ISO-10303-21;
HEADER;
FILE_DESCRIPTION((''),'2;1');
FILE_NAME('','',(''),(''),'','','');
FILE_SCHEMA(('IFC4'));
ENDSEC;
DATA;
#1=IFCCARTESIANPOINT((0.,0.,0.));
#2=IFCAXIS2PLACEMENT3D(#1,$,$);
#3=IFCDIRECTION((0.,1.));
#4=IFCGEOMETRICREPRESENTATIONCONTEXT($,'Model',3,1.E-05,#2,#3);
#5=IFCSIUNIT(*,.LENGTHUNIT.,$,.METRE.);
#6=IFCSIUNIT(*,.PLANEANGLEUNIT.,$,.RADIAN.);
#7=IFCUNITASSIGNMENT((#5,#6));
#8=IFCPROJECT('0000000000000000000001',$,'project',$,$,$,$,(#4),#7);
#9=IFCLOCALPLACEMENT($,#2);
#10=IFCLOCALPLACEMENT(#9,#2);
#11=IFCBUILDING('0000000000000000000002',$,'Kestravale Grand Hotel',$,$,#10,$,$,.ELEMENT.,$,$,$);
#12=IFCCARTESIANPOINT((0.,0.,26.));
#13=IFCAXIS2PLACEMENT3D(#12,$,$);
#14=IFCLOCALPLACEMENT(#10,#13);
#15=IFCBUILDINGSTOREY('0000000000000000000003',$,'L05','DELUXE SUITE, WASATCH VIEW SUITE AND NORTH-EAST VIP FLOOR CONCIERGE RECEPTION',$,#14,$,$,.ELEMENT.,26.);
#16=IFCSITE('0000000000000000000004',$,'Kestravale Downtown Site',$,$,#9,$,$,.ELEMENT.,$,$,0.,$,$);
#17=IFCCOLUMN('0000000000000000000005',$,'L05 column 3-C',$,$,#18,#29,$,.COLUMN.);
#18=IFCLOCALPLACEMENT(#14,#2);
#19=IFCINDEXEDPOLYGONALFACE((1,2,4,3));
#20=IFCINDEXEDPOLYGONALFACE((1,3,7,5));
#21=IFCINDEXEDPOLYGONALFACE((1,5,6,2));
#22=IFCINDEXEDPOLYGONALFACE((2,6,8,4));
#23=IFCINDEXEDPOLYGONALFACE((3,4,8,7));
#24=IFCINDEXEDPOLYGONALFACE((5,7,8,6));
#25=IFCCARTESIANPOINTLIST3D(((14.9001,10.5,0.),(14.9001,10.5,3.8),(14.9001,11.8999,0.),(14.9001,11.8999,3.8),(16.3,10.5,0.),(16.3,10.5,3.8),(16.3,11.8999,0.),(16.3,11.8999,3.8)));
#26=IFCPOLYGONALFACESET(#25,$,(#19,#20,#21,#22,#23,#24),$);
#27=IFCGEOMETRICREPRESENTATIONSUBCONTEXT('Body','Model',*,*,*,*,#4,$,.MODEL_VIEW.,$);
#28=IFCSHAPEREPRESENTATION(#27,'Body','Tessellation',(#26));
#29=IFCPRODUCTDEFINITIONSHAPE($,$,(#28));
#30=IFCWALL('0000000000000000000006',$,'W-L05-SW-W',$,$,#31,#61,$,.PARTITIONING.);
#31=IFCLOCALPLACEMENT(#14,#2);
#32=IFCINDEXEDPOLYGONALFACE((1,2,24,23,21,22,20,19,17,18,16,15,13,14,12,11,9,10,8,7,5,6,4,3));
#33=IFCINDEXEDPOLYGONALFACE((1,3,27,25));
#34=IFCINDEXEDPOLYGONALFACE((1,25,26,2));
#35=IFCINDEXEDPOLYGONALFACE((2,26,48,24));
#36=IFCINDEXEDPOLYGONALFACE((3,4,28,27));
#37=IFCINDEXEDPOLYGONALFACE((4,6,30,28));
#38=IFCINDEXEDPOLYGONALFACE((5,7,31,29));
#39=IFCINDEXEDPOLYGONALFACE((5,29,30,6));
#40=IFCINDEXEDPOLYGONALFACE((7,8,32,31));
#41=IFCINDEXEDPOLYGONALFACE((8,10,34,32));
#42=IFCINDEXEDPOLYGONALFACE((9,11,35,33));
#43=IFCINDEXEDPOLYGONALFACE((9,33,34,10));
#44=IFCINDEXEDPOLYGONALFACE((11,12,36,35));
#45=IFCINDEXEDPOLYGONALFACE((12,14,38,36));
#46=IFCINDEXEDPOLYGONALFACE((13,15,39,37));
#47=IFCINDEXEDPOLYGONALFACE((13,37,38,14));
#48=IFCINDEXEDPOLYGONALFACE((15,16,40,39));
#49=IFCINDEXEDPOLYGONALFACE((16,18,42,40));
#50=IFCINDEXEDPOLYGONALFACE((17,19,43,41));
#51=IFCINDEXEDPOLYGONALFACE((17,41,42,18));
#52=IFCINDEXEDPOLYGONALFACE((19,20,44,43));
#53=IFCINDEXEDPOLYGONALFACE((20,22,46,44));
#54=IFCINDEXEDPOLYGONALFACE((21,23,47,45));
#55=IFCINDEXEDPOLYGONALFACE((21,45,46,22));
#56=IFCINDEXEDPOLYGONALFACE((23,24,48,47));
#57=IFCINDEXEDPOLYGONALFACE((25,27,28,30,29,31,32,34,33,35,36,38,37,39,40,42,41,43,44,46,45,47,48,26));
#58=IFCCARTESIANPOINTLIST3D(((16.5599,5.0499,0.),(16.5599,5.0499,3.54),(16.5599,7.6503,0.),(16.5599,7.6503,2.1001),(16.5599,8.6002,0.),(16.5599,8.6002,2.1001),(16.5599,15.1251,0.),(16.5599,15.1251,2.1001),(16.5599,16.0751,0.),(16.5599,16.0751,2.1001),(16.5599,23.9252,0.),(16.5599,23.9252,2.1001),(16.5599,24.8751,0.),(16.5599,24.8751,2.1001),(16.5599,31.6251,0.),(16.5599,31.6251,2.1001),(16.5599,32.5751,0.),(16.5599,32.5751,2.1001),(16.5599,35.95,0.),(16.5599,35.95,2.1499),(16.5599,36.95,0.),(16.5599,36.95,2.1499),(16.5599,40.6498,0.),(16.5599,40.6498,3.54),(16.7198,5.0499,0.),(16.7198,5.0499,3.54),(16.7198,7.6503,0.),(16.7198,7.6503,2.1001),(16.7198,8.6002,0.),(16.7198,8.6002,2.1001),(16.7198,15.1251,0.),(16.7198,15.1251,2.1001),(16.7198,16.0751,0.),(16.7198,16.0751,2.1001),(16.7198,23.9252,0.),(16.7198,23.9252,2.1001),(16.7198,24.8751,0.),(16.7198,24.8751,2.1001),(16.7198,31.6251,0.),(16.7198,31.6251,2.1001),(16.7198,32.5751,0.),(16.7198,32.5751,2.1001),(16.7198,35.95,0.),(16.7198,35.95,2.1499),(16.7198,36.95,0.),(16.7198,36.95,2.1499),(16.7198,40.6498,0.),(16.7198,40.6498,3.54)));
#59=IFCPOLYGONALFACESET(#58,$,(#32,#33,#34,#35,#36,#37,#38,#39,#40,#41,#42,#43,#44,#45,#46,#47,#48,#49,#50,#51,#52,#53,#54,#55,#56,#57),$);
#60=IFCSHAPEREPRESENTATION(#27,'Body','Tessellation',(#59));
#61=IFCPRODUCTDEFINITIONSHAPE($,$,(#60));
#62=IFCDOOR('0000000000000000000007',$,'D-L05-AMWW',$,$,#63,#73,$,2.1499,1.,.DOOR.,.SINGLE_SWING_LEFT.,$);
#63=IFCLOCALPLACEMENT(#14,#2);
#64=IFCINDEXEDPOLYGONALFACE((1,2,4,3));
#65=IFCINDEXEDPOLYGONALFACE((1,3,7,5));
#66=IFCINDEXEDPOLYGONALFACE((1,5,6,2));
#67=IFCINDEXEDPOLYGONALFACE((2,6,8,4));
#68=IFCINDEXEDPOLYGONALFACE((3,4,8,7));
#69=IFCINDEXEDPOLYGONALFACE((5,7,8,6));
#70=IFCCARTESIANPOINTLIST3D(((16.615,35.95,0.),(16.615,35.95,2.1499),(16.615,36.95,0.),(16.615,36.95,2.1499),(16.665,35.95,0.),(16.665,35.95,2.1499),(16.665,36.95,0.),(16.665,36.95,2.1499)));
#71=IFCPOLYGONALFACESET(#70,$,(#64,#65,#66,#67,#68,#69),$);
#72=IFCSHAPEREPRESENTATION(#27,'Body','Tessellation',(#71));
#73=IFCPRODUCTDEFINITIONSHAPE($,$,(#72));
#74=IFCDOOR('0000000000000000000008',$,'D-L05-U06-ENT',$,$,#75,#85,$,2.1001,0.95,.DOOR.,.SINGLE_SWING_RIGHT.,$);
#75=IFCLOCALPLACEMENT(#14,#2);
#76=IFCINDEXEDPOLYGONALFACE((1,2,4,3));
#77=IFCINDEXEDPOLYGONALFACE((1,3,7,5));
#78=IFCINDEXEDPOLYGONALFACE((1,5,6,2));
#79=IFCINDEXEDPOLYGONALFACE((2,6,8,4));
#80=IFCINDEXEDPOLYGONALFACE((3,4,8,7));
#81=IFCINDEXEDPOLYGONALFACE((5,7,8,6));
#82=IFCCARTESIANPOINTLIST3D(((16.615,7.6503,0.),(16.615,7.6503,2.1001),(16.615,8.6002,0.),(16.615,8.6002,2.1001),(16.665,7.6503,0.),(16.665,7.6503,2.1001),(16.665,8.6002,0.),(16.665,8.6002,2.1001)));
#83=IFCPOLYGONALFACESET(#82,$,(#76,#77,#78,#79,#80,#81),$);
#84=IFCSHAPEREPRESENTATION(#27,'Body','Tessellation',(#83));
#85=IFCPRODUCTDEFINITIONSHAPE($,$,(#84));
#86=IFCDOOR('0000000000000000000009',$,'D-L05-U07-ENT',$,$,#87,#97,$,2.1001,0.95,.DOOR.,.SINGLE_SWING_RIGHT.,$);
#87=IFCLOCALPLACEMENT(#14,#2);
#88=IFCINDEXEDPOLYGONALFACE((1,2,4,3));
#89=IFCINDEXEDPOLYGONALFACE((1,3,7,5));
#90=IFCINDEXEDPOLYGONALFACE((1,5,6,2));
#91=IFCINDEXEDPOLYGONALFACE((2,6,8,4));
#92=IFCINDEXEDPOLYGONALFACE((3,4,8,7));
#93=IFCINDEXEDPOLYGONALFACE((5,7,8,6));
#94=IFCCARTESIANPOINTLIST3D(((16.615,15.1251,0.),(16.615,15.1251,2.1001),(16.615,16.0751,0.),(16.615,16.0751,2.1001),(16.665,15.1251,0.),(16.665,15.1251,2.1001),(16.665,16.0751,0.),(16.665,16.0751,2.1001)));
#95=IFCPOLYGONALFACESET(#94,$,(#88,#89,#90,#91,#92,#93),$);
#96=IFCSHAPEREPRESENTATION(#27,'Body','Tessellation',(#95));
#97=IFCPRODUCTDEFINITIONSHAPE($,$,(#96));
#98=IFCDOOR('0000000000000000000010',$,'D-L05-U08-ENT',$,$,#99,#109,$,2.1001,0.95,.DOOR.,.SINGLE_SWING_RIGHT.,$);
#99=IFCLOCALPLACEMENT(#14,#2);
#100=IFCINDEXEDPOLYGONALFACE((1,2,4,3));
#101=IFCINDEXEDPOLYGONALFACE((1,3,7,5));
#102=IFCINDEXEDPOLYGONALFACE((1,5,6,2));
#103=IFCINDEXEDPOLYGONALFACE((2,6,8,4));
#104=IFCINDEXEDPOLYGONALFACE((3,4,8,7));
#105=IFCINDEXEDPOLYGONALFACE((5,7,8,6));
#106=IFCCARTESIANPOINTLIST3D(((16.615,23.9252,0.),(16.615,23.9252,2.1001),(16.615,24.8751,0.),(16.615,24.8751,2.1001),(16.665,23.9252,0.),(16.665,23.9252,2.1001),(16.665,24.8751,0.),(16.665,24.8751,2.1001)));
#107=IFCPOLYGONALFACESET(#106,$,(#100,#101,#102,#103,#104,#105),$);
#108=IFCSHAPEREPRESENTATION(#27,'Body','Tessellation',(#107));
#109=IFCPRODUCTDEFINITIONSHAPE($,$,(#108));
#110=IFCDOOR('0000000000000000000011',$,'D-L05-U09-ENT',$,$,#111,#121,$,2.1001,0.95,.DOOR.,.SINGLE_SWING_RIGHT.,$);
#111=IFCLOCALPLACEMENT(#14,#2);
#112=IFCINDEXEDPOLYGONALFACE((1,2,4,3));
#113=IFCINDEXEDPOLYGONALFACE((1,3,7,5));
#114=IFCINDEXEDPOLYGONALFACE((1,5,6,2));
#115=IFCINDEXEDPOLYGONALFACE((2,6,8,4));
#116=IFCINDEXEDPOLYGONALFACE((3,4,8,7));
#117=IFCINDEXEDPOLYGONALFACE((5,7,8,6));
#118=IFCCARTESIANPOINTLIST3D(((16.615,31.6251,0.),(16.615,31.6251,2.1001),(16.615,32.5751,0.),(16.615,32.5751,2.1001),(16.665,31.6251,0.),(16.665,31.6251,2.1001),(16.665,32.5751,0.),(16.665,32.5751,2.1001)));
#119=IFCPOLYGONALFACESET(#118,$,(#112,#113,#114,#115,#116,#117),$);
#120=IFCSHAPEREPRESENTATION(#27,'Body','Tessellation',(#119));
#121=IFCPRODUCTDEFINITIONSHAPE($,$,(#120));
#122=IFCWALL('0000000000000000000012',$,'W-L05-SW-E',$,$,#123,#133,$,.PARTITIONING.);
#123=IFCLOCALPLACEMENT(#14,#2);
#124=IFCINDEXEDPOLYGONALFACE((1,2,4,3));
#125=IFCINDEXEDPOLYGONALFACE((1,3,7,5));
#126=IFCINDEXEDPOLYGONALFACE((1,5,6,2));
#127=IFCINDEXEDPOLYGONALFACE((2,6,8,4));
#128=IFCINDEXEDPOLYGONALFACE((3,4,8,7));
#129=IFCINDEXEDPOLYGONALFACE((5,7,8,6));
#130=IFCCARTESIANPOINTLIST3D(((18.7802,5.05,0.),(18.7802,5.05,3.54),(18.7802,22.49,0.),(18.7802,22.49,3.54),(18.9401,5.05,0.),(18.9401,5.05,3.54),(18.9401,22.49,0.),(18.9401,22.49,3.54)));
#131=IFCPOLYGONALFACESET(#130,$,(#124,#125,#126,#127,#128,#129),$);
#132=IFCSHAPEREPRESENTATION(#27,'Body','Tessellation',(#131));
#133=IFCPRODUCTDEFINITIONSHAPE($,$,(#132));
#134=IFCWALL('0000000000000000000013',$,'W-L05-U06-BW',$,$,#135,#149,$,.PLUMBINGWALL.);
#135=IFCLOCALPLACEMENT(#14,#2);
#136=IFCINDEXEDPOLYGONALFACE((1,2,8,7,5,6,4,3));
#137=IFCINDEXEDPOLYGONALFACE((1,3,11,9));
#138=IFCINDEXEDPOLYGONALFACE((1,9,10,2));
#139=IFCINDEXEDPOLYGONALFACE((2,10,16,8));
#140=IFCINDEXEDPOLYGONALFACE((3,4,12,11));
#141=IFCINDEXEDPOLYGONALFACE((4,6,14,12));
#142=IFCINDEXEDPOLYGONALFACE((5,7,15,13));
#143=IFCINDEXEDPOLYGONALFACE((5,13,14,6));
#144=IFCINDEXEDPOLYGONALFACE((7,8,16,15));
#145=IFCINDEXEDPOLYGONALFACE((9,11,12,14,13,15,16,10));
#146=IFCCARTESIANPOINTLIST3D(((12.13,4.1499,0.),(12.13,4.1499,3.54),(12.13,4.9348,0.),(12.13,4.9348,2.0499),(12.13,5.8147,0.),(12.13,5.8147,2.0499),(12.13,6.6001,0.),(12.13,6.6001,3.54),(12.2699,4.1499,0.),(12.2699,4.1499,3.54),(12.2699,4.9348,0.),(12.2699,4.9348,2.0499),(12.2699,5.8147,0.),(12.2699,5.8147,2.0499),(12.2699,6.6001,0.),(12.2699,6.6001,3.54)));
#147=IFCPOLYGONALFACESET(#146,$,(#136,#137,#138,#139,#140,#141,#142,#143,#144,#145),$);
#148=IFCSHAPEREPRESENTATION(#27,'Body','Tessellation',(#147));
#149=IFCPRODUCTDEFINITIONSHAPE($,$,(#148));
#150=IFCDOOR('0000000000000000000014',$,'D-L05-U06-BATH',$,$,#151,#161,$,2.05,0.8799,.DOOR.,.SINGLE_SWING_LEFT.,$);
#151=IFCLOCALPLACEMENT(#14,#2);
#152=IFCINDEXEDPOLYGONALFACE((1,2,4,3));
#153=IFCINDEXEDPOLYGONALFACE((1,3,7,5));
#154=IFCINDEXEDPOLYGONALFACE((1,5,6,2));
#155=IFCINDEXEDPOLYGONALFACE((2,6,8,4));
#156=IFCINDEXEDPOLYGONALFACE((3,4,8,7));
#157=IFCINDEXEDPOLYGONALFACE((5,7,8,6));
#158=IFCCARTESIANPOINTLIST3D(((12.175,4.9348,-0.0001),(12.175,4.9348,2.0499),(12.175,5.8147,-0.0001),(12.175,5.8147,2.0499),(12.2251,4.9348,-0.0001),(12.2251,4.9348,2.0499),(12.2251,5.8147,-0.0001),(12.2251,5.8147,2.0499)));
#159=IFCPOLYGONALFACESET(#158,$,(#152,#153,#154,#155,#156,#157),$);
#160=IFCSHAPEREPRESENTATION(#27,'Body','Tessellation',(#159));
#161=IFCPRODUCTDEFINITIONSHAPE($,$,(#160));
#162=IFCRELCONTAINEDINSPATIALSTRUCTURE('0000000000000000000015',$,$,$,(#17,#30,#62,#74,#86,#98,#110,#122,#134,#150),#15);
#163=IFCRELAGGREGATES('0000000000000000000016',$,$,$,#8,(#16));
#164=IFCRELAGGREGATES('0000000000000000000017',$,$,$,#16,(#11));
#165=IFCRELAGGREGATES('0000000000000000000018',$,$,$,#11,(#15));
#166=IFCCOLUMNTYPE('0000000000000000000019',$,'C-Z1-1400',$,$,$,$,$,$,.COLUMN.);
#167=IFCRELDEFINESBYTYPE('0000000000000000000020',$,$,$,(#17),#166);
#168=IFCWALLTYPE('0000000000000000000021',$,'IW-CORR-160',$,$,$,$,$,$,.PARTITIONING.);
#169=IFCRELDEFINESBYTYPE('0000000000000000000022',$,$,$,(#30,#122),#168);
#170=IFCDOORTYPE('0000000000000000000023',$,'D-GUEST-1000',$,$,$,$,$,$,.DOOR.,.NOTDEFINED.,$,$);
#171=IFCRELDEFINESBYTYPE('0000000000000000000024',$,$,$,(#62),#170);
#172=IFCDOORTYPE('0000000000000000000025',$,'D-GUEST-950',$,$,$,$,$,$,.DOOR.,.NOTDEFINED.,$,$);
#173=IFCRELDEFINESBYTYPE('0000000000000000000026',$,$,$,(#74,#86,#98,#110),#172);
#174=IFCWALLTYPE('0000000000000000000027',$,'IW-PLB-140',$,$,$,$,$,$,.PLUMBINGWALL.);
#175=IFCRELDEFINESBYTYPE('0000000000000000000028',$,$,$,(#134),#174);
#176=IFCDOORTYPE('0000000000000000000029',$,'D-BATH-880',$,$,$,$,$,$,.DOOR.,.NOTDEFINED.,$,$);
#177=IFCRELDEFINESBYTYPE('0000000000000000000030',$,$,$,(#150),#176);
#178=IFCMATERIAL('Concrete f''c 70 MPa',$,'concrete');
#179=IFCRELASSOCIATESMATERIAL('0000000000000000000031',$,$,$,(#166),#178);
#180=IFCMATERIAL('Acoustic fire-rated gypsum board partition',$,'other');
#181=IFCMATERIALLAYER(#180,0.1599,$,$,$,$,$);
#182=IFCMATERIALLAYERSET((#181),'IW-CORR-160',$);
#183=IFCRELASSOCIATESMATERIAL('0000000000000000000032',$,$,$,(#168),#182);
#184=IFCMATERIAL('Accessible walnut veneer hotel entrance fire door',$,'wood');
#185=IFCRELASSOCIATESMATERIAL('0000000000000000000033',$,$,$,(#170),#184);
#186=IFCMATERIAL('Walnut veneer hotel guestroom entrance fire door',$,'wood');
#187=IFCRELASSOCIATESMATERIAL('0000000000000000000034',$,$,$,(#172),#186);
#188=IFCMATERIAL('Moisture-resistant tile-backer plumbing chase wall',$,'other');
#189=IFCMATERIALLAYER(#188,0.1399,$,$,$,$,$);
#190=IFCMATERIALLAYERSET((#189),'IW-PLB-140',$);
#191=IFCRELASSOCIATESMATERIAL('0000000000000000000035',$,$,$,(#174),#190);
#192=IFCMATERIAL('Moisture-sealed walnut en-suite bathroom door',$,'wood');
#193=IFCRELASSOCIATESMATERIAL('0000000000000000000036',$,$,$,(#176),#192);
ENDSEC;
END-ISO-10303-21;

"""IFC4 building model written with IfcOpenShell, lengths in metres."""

from ifc_helpers import new_model, si_unit, direction, frame, frame_2d, origin, origin_2d, place, context, subcontext, project, spatial, rectangle, extrude, material, layer, layer_set, material_profile, profile_set, type_object, element, fill, save


model = new_model("IFC4")

# Units and contexts
model_context = context("Model", 3, precision=1e-05, world=origin(), true_north=direction((0.0, 1.0)))
body_context = subcontext(model_context, "Body", "Model", "MODEL_VIEW")
ifc_project = project(units=[si_unit("LENGTHUNIT", "METRE"), si_unit("PLANEANGLEUNIT", "RADIAN")], contexts=[model_context])

# Site, building, storey
site_placement = place(None, origin())
site = spatial("IfcSite", under=ifc_project, at=site_placement, Name="Kestravale Downtown Site", CompositionType="ELEMENT", RefElevation=0.0)
building_placement = place(site_placement, origin())
building = spatial("IfcBuilding", under=site, at=building_placement, Name="Kestravale Grand Hotel", CompositionType="ELEMENT")
storey_placement = place(building_placement, frame((0.0, 0.0, 26.0)))
storey = spatial("IfcBuildingStorey", under=building, at=storey_placement, Name="L05", Description="DELUXE SUITE, WASATCH VIEW SUITE AND NORTH-EAST VIP FLOOR CONCIERGE RECEPTION", CompositionType="ELEMENT", Elevation=26.0)

# Column
ifc_material_1 = material(Name="Concrete f'c 70 MPa", Category="concrete")
ifc_material_profile = material_profile(ifc_material_1, rectangle(XDim=1.3999, YDim=1.3999, at=origin_2d()))
ifc_profile_set = profile_set([ifc_material_profile], Name="Concrete f'c 70 MPa")
column_type = type_object("IfcColumnType", Name="C-Z1-1400", PredefinedType="COLUMN", material=ifc_profile_set)
column_placement = place(storey_placement, frame((15.6001, 11.2, 0.0), z_axis=(0.0, 0.0, 1.0), x_axis=(1.0, 0.0, 0.0)))
element("IfcColumn", 1, at=column_placement, inside=storey, type_object=column_type, Name="L05 column 3-C", PredefinedType="COLUMN", context=body_context, shape_type="SweptSolid", body=[
    extrude(rectangle(XDim=1.3999, YDim=1.3999, at=origin_2d()), origin(), (0.0, 0.0, 1.0), 3.8),
])

# Wall, openings, doors
ifc_material_2 = material(Name="Acoustic fire-rated gypsum board partition", Category="other")
ifc_layer_1 = layer(ifc_material_2, 0.1599)
ifc_layer_set_1 = layer_set([ifc_layer_1], Name="IW-CORR-160")
wall_type_1 = type_object("IfcWallType", Name="IW-CORR-160", PredefinedType="PARTITIONING", material=ifc_layer_set_1)
wall_1_placement = place(storey_placement, frame((16.6399, 5.05, 0.0), z_axis=(0.0, 0.0, 1.0), x_axis=(0.0, 1.0, 0.0)))
wall_1 = element("IfcWall", 2, at=wall_1_placement, inside=storey, type_object=wall_type_1, Name="W-L05-SW-W", PredefinedType="PARTITIONING", context=body_context, shape_type="SweptSolid", body=[
    extrude(rectangle(XDim=35.5999, YDim=0.1599, at=frame_2d((17.7998, 0.0))), origin(), (0.0, 0.0, 1.0), 3.54),
])
opening_1_placement = place(wall_1_placement, frame((2.6001, 0.0, 0.0)))
opening_1 = element("IfcOpeningElement", 3, at=opening_1_placement, cuts=wall_1, PredefinedType="OPENING", context=body_context, shape_type="SweptSolid", body=[
    extrude(rectangle(XDim=0.95, YDim=2.1001, at=frame_2d((0.4751, 1.05))), frame((0.0, 0.0898, 0.0), z_axis=(0.0, -1.0, 0.0), x_axis=(1.0, 0.0, 0.0)), (0.0, 0.0, 1.0), 0.1799),
])
opening_2_placement = place(wall_1_placement, frame((10.075, 0.0, 0.0)))
opening_2 = element("IfcOpeningElement", 4, at=opening_2_placement, cuts=wall_1, PredefinedType="OPENING", context=body_context, shape_type="SweptSolid", body=[
    extrude(rectangle(XDim=0.95, YDim=2.1001, at=frame_2d((0.4751, 1.05))), frame((0.0, 0.0898, 0.0), z_axis=(0.0, -1.0, 0.0), x_axis=(1.0, 0.0, 0.0)), (0.0, 0.0, 1.0), 0.1799),
])
opening_3_placement = place(wall_1_placement, frame((18.875, 0.0, 0.0)))
opening_3 = element("IfcOpeningElement", 5, at=opening_3_placement, cuts=wall_1, PredefinedType="OPENING", context=body_context, shape_type="SweptSolid", body=[
    extrude(rectangle(XDim=0.95, YDim=2.1001, at=frame_2d((0.4751, 1.05))), frame((0.0, 0.0898, 0.0), z_axis=(0.0, -1.0, 0.0), x_axis=(1.0, 0.0, 0.0)), (0.0, 0.0, 1.0), 0.1799),
])
opening_4_placement = place(wall_1_placement, frame((26.575, 0.0, 0.0)))
opening_4 = element("IfcOpeningElement", 6, at=opening_4_placement, cuts=wall_1, PredefinedType="OPENING", context=body_context, shape_type="SweptSolid", body=[
    extrude(rectangle(XDim=0.95, YDim=2.1001, at=frame_2d((0.4751, 1.05))), frame((0.0, 0.0898, 0.0), z_axis=(0.0, -1.0, 0.0), x_axis=(1.0, 0.0, 0.0)), (0.0, 0.0, 1.0), 0.1799),
])
opening_5_placement = place(wall_1_placement, frame((30.8999, 0.0, 0.0)))
opening_5 = element("IfcOpeningElement", 7, at=opening_5_placement, cuts=wall_1, PredefinedType="OPENING", context=body_context, shape_type="SweptSolid", body=[
    extrude(rectangle(XDim=1.0, YDim=2.1499, at=frame_2d((0.5, 1.075))), frame((0.0, 0.0898, 0.0), z_axis=(0.0, -1.0, 0.0), x_axis=(1.0, 0.0, 0.0)), (0.0, 0.0, 1.0), 0.1799),
])
ifc_material_3 = material(Name="Accessible walnut veneer hotel entrance fire door", Category="wood")
door_type_1 = type_object("IfcDoorType", Name="D-GUEST-1000", OperationType="NOTDEFINED", PredefinedType="DOOR", material=ifc_material_3)
door_1_placement = place(opening_5_placement, origin())
door_1 = element("IfcDoor", 8, at=door_1_placement, inside=storey, type_object=door_type_1, Name="D-L05-AMWW", OperationType="SINGLE_SWING_LEFT", OverallHeight=2.1499, OverallWidth=1.0, PredefinedType="DOOR", context=body_context, shape_type="SweptSolid", body=[
    extrude(rectangle(XDim=1.0, YDim=2.1499, at=frame_2d((0.5, 1.075))), frame((0.0, 0.0249, 0.0), z_axis=(0.0, -1.0, 0.0), x_axis=(1.0, 0.0, 0.0)), (0.0, 0.0, 1.0), 0.05),
])
fill(opening_5, door_1)
ifc_material_4 = material(Name="Walnut veneer hotel guestroom entrance fire door", Category="wood")
door_type_2 = type_object("IfcDoorType", Name="D-GUEST-950", OperationType="NOTDEFINED", PredefinedType="DOOR", material=ifc_material_4)
door_2_placement = place(opening_1_placement, origin())
door_2 = element("IfcDoor", 9, at=door_2_placement, inside=storey, type_object=door_type_2, Name="D-L05-U06-ENT", OperationType="SINGLE_SWING_RIGHT", OverallHeight=2.1001, OverallWidth=0.95, PredefinedType="DOOR", context=body_context, shape_type="SweptSolid", body=[
    extrude(rectangle(XDim=0.95, YDim=2.1001, at=frame_2d((0.4751, 1.05))), frame((0.0, 0.0249, 0.0), z_axis=(0.0, -1.0, 0.0), x_axis=(1.0, 0.0, 0.0)), (0.0, 0.0, 1.0), 0.05),
])
fill(opening_1, door_2)
door_3_placement = place(opening_2_placement, origin())
door_3 = element("IfcDoor", 10, at=door_3_placement, inside=storey, type_object=door_type_2, Name="D-L05-U07-ENT", OperationType="SINGLE_SWING_RIGHT", OverallHeight=2.1001, OverallWidth=0.95, PredefinedType="DOOR", context=body_context, shape_type="SweptSolid", body=[
    extrude(rectangle(XDim=0.95, YDim=2.1001, at=frame_2d((0.4751, 1.05))), frame((0.0, 0.0249, 0.0), z_axis=(0.0, -1.0, 0.0), x_axis=(1.0, 0.0, 0.0)), (0.0, 0.0, 1.0), 0.05),
])
fill(opening_2, door_3)
door_4_placement = place(opening_3_placement, origin())
door_4 = element("IfcDoor", 11, at=door_4_placement, inside=storey, type_object=door_type_2, Name="D-L05-U08-ENT", OperationType="SINGLE_SWING_RIGHT", OverallHeight=2.1001, OverallWidth=0.95, PredefinedType="DOOR", context=body_context, shape_type="SweptSolid", body=[
    extrude(rectangle(XDim=0.95, YDim=2.1001, at=frame_2d((0.4751, 1.05))), frame((0.0, 0.0249, 0.0), z_axis=(0.0, -1.0, 0.0), x_axis=(1.0, 0.0, 0.0)), (0.0, 0.0, 1.0), 0.05),
])
fill(opening_3, door_4)
door_5_placement = place(opening_4_placement, origin())
door_5 = element("IfcDoor", 12, at=door_5_placement, inside=storey, type_object=door_type_2, Name="D-L05-U09-ENT", OperationType="SINGLE_SWING_RIGHT", OverallHeight=2.1001, OverallWidth=0.95, PredefinedType="DOOR", context=body_context, shape_type="SweptSolid", body=[
    extrude(rectangle(XDim=0.95, YDim=2.1001, at=frame_2d((0.4751, 1.05))), frame((0.0, 0.0249, 0.0), z_axis=(0.0, -1.0, 0.0), x_axis=(1.0, 0.0, 0.0)), (0.0, 0.0, 1.0), 0.05),
])
fill(opening_4, door_5)

# Wall
wall_2_placement = place(storey_placement, frame((18.8601, 5.05, 0.0), z_axis=(0.0, 0.0, 1.0), x_axis=(0.0, 1.0, 0.0)))
element("IfcWall", 13, at=wall_2_placement, inside=storey, type_object=wall_type_1, Name="W-L05-SW-E", PredefinedType="PARTITIONING", context=body_context, shape_type="SweptSolid", body=[
    extrude(rectangle(XDim=17.4399, YDim=0.1599, at=frame_2d((8.72, 0.0))), origin(), (0.0, 0.0, 1.0), 3.54),
])

# Wall, opening, door
ifc_material_5 = material(Name="Moisture-resistant tile-backer plumbing chase wall", Category="other")
ifc_layer_2 = layer(ifc_material_5, 0.1399)
ifc_layer_set_2 = layer_set([ifc_layer_2], Name="IW-PLB-140")
wall_type_2 = type_object("IfcWallType", Name="IW-PLB-140", PredefinedType="PLUMBINGWALL", material=ifc_layer_set_2)
wall_3_placement = place(storey_placement, frame((12.2, 4.1499, 0.0), z_axis=(0.0, 0.0, 1.0), x_axis=(0.0, 1.0, 0.0)))
wall_3 = element("IfcWall", 14, at=wall_3_placement, inside=storey, type_object=wall_type_2, Name="W-L05-U06-BW", PredefinedType="PLUMBINGWALL", context=body_context, shape_type="SweptSolid", body=[
    extrude(rectangle(XDim=2.4502, YDim=0.1399, at=frame_2d((1.2251, 0.0))), origin(), (0.0, 0.0, 1.0), 3.54),
])
opening_6_placement = place(wall_3_placement, frame((0.7849, 0.0, 0.0)))
opening_6 = element("IfcOpeningElement", 15, at=opening_6_placement, cuts=wall_3, PredefinedType="OPENING", context=body_context, shape_type="SweptSolid", body=[
    extrude(rectangle(XDim=0.8799, YDim=2.05, at=frame_2d((0.4399, 1.0249))), frame((0.0, 0.0798, 0.0), z_axis=(0.0, -1.0, 0.0), x_axis=(1.0, 0.0, 0.0)), (0.0, 0.0, 1.0), 0.1599),
])
ifc_material_6 = material(Name="Moisture-sealed walnut en-suite bathroom door", Category="wood")
door_type_3 = type_object("IfcDoorType", Name="D-BATH-880", OperationType="NOTDEFINED", PredefinedType="DOOR", material=ifc_material_6)
door_6_placement = place(opening_6_placement, origin())
door_6 = element("IfcDoor", 16, at=door_6_placement, inside=storey, type_object=door_type_3, Name="D-L05-U06-BATH", OperationType="SINGLE_SWING_LEFT", OverallHeight=2.05, OverallWidth=0.8799, PredefinedType="DOOR", context=body_context, shape_type="SweptSolid", body=[
    extrude(rectangle(XDim=0.8799, YDim=2.05, at=frame_2d((0.4399, 1.0249))), frame((0.0, 0.0249, 0.0), z_axis=(0.0, -1.0, 0.0), x_axis=(1.0, 0.0, 0.0)), (0.0, 0.0, 1.0), 0.05),
])
fill(opening_6, door_6)

save(model, "model.ifc")
